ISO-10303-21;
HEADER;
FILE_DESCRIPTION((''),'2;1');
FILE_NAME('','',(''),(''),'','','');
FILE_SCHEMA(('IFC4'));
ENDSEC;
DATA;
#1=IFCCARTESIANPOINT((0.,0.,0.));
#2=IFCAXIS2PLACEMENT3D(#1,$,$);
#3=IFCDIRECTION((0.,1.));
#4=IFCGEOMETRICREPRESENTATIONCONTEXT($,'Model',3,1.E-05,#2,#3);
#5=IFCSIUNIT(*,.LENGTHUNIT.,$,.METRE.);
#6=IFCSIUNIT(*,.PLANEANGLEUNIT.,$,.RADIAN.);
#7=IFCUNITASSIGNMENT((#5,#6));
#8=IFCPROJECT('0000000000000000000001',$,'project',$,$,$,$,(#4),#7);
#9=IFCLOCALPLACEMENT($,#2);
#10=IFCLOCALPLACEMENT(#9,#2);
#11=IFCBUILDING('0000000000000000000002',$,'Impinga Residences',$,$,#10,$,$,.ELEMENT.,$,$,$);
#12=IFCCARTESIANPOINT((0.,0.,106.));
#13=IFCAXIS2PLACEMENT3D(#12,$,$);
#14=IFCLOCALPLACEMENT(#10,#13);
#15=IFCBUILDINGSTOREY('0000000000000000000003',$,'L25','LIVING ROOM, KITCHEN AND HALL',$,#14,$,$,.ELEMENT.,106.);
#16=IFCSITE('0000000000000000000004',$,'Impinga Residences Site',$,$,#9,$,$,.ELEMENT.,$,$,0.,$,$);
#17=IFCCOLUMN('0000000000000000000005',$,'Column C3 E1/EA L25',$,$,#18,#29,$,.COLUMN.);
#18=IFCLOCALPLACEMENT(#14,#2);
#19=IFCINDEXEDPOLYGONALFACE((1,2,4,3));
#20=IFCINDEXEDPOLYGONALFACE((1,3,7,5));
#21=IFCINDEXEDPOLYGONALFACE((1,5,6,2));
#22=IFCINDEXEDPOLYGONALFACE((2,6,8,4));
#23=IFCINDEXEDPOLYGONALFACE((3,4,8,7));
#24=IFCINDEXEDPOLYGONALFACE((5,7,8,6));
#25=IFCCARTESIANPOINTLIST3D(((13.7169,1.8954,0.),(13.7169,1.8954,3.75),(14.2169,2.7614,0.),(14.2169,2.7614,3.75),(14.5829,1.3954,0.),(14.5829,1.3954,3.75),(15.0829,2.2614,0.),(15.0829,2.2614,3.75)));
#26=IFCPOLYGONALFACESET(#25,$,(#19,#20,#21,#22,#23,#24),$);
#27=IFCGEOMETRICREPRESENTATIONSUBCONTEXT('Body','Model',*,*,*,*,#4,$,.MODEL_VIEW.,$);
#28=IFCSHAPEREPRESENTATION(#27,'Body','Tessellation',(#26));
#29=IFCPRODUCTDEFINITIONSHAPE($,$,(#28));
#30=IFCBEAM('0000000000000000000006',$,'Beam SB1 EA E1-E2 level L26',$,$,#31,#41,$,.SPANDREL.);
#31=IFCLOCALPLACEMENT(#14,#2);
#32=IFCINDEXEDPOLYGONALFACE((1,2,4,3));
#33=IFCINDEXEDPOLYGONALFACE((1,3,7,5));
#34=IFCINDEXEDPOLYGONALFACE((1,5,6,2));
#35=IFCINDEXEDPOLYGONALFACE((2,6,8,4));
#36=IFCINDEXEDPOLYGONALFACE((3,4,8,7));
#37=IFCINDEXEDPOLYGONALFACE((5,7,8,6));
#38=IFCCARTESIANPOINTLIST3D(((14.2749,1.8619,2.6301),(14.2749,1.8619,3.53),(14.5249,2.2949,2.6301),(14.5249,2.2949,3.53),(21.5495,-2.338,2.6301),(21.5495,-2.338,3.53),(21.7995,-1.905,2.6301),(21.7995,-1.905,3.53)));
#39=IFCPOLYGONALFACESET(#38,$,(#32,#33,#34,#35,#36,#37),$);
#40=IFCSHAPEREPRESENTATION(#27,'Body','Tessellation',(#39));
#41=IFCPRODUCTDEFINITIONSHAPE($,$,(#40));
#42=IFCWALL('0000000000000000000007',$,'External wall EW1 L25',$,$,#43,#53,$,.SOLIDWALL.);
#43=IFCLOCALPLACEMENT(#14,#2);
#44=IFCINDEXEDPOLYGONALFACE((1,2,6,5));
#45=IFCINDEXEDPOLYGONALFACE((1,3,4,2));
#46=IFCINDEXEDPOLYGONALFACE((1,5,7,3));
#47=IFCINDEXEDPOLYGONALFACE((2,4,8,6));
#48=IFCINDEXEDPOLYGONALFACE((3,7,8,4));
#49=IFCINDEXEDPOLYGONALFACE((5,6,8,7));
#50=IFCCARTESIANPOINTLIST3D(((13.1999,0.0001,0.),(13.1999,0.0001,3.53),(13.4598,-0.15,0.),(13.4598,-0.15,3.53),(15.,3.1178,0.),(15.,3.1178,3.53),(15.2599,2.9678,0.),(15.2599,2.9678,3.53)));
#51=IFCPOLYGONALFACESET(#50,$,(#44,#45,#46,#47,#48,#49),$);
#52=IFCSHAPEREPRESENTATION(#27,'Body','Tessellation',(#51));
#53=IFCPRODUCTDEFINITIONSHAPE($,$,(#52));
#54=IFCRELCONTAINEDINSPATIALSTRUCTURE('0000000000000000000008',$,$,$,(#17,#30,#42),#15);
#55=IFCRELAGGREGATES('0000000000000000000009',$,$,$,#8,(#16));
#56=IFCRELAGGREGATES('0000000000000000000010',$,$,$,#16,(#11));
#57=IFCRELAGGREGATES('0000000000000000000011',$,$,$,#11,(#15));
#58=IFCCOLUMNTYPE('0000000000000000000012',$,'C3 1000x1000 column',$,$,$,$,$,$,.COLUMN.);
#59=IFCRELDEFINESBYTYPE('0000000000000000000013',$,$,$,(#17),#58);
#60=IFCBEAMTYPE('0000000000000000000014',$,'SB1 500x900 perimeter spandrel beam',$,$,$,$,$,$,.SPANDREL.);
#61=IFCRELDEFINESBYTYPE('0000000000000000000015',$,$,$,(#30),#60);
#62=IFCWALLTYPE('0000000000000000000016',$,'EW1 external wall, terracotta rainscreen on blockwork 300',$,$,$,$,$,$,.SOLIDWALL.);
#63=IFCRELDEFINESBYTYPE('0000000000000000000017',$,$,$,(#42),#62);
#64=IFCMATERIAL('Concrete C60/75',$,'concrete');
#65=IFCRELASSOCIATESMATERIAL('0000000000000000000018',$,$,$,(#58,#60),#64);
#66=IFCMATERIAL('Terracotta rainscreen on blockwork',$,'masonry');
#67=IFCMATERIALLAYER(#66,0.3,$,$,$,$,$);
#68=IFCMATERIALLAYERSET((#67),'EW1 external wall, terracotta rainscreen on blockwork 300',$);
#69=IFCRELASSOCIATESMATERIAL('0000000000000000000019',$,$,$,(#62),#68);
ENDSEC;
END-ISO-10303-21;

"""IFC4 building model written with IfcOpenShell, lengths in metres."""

from ifc_helpers import new_model, si_unit, direction, frame, frame_2d, origin, origin_2d, place, context, subcontext, project, spatial, rectangle, extrude, material, layer, layer_set, material_profile, profile_set, type_object, element, save


model = new_model("IFC4")

# Units and contexts
model_context = context("Model", 3, precision=1e-05, world=origin(), true_north=direction((0.0, 1.0)))
body_context = subcontext(model_context, "Body", "Model", "MODEL_VIEW")
ifc_project = project(units=[si_unit("LENGTHUNIT", "METRE"), si_unit("PLANEANGLEUNIT", "RADIAN")], contexts=[model_context])

# Site, building, storey
site_placement = place(None, origin())
site = spatial("IfcSite", under=ifc_project, at=site_placement, Name="Impinga Residences Site", CompositionType="ELEMENT", RefElevation=0.0)
building_placement = place(site_placement, origin())
building = spatial("IfcBuilding", under=site, at=building_placement, Name="Impinga Residences", CompositionType="ELEMENT")
storey_placement = place(building_placement, frame((0.0, 0.0, 106.0)))
storey = spatial("IfcBuildingStorey", under=building, at=storey_placement, Name="L25", Description="LIVING ROOM, KITCHEN AND HALL", CompositionType="ELEMENT", Elevation=106.0)

# Column
ifc_material_1 = material(Name="Concrete C60/75", Category="concrete")
ifc_material_profile_1 = material_profile(ifc_material_1, rectangle(XDim=1.0, YDim=1.0, at=origin_2d()), Name="RC 1000x1000")
ifc_profile_set_1 = profile_set([ifc_material_profile_1], Name="Concrete C60/75")
column_type = type_object("IfcColumnType", Name="C3 1000x1000 column", PredefinedType="COLUMN", material=ifc_profile_set_1)
column_placement = place(storey_placement, frame((14.3999, 2.0784, 0.0), z_axis=(0.0, 0.0, 1.0), x_axis=(-0.5, -0.866025, 0.0)))
element("IfcColumn", 1, at=column_placement, inside=storey, type_object=column_type, Name="Column C3 E1/EA L25", PredefinedType="COLUMN", context=body_context, shape_type="SweptSolid", body=[
    extrude(rectangle(XDim=1.0, YDim=1.0, at=origin_2d()), origin(), (0.0, 0.0, 1.0), 3.75),
])

# Beam
ifc_material_profile_2 = material_profile(ifc_material_1, rectangle(XDim=0.5, YDim=0.8999, at=origin_2d()), Name="RC 500x900")
ifc_profile_set_2 = profile_set([ifc_material_profile_2], Name="Concrete C60/75")
beam_type = type_object("IfcBeamType", Name="SB1 500x900 perimeter spandrel beam", PredefinedType="SPANDREL", material=ifc_profile_set_2)
beam_placement = place(storey_placement, frame((14.3999, 2.0784, 3.0801), z_axis=(0.866029, -0.499993, 0.0), x_axis=(0.499993, 0.866029, 0.0)))
element("IfcBeam", 2, at=beam_placement, inside=storey, type_object=beam_type, Name="Beam SB1 EA E1-E2 level L26", PredefinedType="SPANDREL", context=body_context, shape_type="SweptSolid", body=[
    extrude(rectangle(XDim=0.5, YDim=0.8999, at=origin_2d()), origin(), (0.0, 0.0, 1.0), 8.3999),
])

# Wall
ifc_material_2 = material(Name="Terracotta rainscreen on blockwork", Category="masonry")
ifc_layer_1 = layer(ifc_material_2, 0.3)
ifc_layer_set_1 = layer_set([ifc_layer_1], Name="EW1 external wall, terracotta rainscreen on blockwork 300")
wall_type_1 = type_object("IfcWallType", Name="EW1 external wall, terracotta rainscreen on blockwork 300", PredefinedType="SOLIDWALL", material=ifc_layer_set_1)
wall_1_placement = place(storey_placement, frame((13.3298, -0.075, 0.0), z_axis=(0.0, 0.0, 1.0), x_axis=(0.500012, 0.866018, 0.0)))
element("IfcWall", 3, at=wall_1_placement, inside=storey, type_object=wall_type_1, Name="External wall EW1 L25", PredefinedType="SOLIDWALL", context=body_context, shape_type="SweptSolid", body=[
    extrude(rectangle(XDim=3.6001, YDim=0.3, at=frame_2d((1.8, 0.0))), origin(), (0.0, 0.0, 1.0), 3.53),
])

save(model, "model.ifc")
